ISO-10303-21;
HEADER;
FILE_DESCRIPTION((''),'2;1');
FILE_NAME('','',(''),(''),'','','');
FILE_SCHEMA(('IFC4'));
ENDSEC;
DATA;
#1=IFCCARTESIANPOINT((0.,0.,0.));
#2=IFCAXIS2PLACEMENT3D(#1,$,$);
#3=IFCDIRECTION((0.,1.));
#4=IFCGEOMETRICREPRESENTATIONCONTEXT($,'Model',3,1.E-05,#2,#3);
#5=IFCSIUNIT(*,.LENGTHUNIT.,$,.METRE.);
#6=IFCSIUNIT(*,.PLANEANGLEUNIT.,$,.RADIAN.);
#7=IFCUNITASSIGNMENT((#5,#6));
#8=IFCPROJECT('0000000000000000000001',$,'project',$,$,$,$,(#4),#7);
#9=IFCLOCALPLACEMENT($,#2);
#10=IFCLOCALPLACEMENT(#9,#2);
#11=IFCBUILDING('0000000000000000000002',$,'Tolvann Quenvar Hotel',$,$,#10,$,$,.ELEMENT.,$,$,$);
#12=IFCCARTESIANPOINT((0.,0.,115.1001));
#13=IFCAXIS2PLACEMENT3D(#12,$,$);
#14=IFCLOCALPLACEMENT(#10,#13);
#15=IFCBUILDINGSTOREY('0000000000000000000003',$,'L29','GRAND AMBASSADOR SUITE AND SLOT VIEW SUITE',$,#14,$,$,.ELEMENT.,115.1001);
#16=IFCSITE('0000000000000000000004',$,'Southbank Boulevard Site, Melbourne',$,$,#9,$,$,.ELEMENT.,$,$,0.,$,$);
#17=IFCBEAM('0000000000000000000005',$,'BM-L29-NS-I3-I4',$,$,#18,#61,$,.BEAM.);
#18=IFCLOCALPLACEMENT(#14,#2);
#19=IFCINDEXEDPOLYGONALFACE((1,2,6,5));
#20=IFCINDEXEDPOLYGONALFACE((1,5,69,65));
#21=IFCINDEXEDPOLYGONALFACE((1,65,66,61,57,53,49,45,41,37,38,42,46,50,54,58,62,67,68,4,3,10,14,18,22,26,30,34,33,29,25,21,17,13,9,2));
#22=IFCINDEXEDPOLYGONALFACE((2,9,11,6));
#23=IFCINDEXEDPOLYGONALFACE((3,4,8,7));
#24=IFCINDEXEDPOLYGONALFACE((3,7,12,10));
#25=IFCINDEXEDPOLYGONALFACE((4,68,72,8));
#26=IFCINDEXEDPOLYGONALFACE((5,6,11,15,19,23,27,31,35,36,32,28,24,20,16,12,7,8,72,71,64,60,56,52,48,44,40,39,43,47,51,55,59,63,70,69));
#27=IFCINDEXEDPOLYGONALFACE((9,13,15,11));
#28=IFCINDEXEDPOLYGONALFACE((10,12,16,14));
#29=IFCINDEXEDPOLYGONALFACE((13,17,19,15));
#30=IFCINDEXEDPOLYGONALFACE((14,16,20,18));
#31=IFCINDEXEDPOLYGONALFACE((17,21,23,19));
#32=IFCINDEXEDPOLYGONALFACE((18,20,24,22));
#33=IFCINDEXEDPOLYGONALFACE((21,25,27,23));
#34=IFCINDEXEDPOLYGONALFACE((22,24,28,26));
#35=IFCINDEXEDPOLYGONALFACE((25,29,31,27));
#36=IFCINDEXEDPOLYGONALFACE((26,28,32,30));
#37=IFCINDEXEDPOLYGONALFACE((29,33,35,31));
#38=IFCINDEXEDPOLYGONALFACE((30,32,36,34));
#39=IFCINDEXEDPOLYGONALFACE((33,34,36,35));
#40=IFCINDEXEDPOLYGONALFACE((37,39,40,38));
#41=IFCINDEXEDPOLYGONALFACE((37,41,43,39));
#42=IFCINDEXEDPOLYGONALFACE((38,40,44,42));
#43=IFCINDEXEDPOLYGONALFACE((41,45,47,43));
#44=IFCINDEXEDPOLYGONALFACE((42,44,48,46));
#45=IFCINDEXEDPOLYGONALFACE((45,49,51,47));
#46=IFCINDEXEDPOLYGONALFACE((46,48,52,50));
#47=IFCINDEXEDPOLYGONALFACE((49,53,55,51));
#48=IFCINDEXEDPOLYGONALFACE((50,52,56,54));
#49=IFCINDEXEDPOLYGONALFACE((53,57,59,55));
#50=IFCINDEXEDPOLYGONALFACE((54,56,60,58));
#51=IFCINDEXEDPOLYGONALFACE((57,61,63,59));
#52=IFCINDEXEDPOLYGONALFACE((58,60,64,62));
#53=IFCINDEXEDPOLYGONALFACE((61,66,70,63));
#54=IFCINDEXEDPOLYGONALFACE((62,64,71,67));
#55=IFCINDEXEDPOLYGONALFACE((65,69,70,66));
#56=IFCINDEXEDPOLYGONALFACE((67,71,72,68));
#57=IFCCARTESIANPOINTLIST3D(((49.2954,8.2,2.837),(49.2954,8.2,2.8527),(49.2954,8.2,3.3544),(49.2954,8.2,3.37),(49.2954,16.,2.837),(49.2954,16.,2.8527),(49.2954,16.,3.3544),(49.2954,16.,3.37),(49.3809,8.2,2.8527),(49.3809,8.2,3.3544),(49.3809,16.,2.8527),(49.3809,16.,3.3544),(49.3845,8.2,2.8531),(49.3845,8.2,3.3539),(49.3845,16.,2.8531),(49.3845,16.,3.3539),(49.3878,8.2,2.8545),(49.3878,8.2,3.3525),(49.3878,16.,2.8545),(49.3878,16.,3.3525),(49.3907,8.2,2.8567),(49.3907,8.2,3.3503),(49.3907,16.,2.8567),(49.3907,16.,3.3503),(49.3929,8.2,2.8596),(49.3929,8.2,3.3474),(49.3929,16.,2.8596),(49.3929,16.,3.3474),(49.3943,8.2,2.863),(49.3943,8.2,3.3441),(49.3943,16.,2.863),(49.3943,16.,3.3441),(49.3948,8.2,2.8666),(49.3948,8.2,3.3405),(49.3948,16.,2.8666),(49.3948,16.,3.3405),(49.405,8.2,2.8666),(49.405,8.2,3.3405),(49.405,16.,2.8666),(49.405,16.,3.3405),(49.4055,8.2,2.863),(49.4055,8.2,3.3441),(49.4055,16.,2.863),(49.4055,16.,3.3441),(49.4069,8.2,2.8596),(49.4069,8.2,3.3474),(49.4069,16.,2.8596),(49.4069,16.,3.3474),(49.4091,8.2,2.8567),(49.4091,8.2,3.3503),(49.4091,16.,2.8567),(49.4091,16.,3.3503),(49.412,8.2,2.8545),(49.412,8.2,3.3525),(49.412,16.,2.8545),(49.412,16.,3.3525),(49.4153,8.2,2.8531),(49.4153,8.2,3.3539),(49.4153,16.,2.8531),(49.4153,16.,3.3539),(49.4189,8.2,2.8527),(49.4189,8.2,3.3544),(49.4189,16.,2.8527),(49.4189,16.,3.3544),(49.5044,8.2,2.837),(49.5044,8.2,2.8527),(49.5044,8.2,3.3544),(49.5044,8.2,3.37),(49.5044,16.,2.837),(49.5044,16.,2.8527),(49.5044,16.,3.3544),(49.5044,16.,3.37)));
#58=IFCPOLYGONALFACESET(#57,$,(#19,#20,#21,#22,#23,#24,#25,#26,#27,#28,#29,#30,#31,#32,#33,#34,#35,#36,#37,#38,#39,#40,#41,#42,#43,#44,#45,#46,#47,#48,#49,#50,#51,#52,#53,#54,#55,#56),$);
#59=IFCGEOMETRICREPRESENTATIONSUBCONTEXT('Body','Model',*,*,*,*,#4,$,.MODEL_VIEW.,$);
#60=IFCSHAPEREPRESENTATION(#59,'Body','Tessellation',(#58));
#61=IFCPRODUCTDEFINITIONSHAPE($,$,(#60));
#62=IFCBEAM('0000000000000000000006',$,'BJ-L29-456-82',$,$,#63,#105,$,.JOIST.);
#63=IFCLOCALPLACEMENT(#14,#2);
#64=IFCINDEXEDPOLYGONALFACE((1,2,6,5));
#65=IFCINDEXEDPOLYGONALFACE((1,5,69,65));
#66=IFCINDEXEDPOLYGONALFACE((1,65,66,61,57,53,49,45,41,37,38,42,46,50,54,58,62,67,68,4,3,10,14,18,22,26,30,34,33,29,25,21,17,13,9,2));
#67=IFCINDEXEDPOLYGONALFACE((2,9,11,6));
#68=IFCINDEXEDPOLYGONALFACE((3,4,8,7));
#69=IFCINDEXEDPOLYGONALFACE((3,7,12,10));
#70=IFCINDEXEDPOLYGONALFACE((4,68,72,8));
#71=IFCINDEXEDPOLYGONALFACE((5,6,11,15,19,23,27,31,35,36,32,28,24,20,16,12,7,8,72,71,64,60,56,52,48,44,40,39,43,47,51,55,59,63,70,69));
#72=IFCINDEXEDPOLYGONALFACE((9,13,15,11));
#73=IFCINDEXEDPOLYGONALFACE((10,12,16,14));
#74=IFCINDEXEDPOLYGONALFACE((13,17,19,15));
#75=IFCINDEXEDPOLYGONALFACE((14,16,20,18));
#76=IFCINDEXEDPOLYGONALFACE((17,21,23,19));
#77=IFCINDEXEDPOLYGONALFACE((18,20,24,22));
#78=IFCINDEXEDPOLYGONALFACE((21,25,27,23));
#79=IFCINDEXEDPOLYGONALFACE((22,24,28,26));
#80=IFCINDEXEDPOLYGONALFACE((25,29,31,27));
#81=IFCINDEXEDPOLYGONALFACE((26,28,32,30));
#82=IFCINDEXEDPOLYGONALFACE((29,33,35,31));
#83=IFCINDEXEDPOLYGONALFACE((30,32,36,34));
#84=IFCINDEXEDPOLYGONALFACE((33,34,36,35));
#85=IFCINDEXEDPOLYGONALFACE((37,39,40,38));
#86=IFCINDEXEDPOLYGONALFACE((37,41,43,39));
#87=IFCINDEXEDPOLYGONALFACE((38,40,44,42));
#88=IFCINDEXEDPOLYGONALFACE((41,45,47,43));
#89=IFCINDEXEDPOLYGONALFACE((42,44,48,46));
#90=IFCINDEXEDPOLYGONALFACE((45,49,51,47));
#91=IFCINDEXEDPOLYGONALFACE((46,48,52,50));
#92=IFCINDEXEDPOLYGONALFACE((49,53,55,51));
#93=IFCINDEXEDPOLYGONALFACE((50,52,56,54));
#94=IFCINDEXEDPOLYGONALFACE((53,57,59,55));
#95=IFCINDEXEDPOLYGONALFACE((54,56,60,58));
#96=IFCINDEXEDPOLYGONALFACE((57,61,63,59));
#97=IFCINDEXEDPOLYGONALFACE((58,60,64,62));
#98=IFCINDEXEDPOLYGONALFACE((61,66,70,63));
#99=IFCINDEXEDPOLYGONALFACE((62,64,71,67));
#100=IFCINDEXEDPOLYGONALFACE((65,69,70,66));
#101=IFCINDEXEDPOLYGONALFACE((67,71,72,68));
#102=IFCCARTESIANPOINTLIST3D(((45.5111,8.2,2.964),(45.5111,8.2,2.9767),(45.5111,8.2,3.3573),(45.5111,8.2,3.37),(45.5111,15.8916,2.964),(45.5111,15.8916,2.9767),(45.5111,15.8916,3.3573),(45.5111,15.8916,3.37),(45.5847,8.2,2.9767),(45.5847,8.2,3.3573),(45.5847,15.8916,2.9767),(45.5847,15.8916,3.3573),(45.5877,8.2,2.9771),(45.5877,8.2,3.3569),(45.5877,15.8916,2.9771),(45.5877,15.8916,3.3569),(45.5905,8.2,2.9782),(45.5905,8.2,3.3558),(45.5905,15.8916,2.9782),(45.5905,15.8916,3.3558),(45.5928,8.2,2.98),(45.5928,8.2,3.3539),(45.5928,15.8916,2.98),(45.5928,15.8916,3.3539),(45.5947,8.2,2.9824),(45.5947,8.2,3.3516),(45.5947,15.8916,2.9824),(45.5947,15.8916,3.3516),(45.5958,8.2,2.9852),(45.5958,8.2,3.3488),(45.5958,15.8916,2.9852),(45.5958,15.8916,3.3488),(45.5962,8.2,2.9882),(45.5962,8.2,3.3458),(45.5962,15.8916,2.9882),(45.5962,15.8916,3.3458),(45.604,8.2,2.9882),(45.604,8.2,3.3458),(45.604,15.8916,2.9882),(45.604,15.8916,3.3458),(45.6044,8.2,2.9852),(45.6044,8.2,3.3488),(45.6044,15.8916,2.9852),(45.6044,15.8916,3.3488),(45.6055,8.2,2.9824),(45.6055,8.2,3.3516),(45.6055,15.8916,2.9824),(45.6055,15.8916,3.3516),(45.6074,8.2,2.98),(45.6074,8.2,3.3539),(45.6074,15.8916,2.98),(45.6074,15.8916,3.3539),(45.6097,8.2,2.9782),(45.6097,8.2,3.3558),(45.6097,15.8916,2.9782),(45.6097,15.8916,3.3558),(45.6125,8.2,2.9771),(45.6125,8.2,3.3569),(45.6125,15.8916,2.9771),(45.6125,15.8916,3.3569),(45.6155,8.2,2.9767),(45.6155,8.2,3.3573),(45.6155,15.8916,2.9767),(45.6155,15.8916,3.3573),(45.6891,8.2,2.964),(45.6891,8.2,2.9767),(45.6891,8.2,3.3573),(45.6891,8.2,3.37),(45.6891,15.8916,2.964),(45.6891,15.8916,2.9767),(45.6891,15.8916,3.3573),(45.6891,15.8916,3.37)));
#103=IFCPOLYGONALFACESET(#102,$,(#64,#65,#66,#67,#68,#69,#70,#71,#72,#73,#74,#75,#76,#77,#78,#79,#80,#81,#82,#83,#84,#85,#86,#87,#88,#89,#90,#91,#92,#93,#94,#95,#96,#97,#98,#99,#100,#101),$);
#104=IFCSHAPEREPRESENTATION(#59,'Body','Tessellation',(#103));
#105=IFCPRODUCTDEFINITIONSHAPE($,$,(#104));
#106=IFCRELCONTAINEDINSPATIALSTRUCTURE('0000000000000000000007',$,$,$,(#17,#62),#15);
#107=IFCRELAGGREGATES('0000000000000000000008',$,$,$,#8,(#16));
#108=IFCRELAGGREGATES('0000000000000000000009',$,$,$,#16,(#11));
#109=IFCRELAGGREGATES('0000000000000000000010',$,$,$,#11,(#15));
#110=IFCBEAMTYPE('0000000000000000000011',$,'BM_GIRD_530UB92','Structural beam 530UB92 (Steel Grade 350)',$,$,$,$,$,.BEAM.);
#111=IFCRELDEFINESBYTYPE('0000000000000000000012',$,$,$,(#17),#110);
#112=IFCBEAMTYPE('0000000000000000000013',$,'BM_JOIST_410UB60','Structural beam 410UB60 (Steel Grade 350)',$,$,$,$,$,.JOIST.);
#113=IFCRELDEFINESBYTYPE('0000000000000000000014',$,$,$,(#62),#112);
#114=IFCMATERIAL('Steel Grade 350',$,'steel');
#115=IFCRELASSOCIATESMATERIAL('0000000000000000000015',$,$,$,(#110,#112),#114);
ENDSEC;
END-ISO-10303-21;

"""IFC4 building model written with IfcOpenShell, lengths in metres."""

from ifc_helpers import new_model, si_unit, direction, frame, origin, origin_2d, place, context, subcontext, project, spatial, i_section, extrude, source, transform, mapped, material, material_profile, profile_set, type_object, type_shapes, element, save


model = new_model("IFC4")

# Units and contexts
model_context = context("Model", 3, precision=1e-05, world=origin(), true_north=direction((0.0, 1.0)))
body_context = subcontext(model_context, "Body", "Model", "MODEL_VIEW")
ifc_project = project(units=[si_unit("LENGTHUNIT", "METRE"), si_unit("PLANEANGLEUNIT", "RADIAN")], contexts=[model_context])

# Site, building, storey
site_placement = place(None, origin())
site = spatial("IfcSite", under=ifc_project, at=site_placement, Name="Southbank Boulevard Site, Melbourne", CompositionType="ELEMENT", RefElevation=0.0)
building_placement = place(site_placement, origin())
building = spatial("IfcBuilding", under=site, at=building_placement, Name="Tolvann Quenvar Hotel", CompositionType="ELEMENT")
storey_placement = place(building_placement, frame((0.0, 0.0, 115.1001)))
storey = spatial("IfcBuildingStorey", under=building, at=storey_placement, Name="L29", Description="GRAND AMBASSADOR SUITE AND SLOT VIEW SUITE", CompositionType="ELEMENT", Elevation=115.1001)

# Shared definitions
ifc_material_1 = material(Name="Steel Grade 350", Category="steel")

# Beams
ifc_material_profile_1 = material_profile(ifc_material_1, i_section(OverallWidth=0.209, OverallDepth=0.533, WebThickness=0.0103, FlangeThickness=0.0156, FilletRadius=0.0139, at=origin_2d()), Name="530UB92")
ifc_profile_set_1 = profile_set([ifc_material_profile_1], Name="Steel Grade 350")
beam_type_1 = type_object("IfcBeamType", Name="BM_GIRD_530UB92", Description="Structural beam 530UB92 (Steel Grade 350)", PredefinedType="BEAM", material=ifc_profile_set_1)
shared_shape_1 = source(origin(), body_context, "Body", "SweptSolid", [
    extrude(i_section(OverallWidth=0.209, OverallDepth=0.533, WebThickness=0.0103, FlangeThickness=0.0156, FilletRadius=0.0139, at=origin_2d()), origin(), (0.0, 0.0, 1.0), 7.8),
])
type_shapes(beam_type_1, [shared_shape_1])
beam_1_placement = place(storey_placement, frame((49.3999, 8.2, 3.1035), z_axis=(0.0, 1.0, 0.0), x_axis=(-1.0, 0.0, 0.0)))
element("IfcBeam", 1, at=beam_1_placement, inside=storey, type_object=beam_type_1, Name="BM-L29-NS-I3-I4", PredefinedType="BEAM", context=body_context, shape_type="MappedRepresentation", body=[
    mapped(shared_shape_1, transform((0.0, 0.0, 0.0), x_axis=(1.0, 0.0, 0.0), y_axis=(0.0, 1.0, 0.0), z_axis=(0.0, 0.0, 1.0), scale=1.0)),
])
ifc_material_profile_2 = material_profile(ifc_material_1, i_section(OverallWidth=0.178, OverallDepth=0.406, WebThickness=0.0078, FlangeThickness=0.0127, FilletRadius=0.0115, at=origin_2d()), Name="410UB60")
ifc_profile_set_2 = profile_set([ifc_material_profile_2], Name="Steel Grade 350")
beam_type_2 = type_object("IfcBeamType", Name="BM_JOIST_410UB60", Description="Structural beam 410UB60 (Steel Grade 350)", PredefinedType="JOIST", material=ifc_profile_set_2)
shared_shape_2 = source(origin(), body_context, "Body", "SweptSolid", [
    extrude(i_section(OverallWidth=0.178, OverallDepth=0.406, WebThickness=0.0078, FlangeThickness=0.0127, FilletRadius=0.0115, at=origin_2d()), origin(), (0.0, 0.0, 1.0), 7.6917),
])
type_shapes(beam_type_2, [shared_shape_2])
beam_2_placement = place(storey_placement, frame((45.6001, 8.2, 3.167), z_axis=(0.0, 1.0, 0.0), x_axis=(-1.0, 0.0, 0.0)))
element("IfcBeam", 2, at=beam_2_placement, inside=storey, type_object=beam_type_2, Name="BJ-L29-456-82", PredefinedType="JOIST", context=body_context, shape_type="MappedRepresentation", body=[
    mapped(shared_shape_2, transform((0.0, 0.0, 0.0), x_axis=(1.0, 0.0, 0.0), y_axis=(0.0, 1.0, 0.0), z_axis=(0.0, 0.0, 1.0), scale=1.0)),
])

save(model, "model.ifc")
